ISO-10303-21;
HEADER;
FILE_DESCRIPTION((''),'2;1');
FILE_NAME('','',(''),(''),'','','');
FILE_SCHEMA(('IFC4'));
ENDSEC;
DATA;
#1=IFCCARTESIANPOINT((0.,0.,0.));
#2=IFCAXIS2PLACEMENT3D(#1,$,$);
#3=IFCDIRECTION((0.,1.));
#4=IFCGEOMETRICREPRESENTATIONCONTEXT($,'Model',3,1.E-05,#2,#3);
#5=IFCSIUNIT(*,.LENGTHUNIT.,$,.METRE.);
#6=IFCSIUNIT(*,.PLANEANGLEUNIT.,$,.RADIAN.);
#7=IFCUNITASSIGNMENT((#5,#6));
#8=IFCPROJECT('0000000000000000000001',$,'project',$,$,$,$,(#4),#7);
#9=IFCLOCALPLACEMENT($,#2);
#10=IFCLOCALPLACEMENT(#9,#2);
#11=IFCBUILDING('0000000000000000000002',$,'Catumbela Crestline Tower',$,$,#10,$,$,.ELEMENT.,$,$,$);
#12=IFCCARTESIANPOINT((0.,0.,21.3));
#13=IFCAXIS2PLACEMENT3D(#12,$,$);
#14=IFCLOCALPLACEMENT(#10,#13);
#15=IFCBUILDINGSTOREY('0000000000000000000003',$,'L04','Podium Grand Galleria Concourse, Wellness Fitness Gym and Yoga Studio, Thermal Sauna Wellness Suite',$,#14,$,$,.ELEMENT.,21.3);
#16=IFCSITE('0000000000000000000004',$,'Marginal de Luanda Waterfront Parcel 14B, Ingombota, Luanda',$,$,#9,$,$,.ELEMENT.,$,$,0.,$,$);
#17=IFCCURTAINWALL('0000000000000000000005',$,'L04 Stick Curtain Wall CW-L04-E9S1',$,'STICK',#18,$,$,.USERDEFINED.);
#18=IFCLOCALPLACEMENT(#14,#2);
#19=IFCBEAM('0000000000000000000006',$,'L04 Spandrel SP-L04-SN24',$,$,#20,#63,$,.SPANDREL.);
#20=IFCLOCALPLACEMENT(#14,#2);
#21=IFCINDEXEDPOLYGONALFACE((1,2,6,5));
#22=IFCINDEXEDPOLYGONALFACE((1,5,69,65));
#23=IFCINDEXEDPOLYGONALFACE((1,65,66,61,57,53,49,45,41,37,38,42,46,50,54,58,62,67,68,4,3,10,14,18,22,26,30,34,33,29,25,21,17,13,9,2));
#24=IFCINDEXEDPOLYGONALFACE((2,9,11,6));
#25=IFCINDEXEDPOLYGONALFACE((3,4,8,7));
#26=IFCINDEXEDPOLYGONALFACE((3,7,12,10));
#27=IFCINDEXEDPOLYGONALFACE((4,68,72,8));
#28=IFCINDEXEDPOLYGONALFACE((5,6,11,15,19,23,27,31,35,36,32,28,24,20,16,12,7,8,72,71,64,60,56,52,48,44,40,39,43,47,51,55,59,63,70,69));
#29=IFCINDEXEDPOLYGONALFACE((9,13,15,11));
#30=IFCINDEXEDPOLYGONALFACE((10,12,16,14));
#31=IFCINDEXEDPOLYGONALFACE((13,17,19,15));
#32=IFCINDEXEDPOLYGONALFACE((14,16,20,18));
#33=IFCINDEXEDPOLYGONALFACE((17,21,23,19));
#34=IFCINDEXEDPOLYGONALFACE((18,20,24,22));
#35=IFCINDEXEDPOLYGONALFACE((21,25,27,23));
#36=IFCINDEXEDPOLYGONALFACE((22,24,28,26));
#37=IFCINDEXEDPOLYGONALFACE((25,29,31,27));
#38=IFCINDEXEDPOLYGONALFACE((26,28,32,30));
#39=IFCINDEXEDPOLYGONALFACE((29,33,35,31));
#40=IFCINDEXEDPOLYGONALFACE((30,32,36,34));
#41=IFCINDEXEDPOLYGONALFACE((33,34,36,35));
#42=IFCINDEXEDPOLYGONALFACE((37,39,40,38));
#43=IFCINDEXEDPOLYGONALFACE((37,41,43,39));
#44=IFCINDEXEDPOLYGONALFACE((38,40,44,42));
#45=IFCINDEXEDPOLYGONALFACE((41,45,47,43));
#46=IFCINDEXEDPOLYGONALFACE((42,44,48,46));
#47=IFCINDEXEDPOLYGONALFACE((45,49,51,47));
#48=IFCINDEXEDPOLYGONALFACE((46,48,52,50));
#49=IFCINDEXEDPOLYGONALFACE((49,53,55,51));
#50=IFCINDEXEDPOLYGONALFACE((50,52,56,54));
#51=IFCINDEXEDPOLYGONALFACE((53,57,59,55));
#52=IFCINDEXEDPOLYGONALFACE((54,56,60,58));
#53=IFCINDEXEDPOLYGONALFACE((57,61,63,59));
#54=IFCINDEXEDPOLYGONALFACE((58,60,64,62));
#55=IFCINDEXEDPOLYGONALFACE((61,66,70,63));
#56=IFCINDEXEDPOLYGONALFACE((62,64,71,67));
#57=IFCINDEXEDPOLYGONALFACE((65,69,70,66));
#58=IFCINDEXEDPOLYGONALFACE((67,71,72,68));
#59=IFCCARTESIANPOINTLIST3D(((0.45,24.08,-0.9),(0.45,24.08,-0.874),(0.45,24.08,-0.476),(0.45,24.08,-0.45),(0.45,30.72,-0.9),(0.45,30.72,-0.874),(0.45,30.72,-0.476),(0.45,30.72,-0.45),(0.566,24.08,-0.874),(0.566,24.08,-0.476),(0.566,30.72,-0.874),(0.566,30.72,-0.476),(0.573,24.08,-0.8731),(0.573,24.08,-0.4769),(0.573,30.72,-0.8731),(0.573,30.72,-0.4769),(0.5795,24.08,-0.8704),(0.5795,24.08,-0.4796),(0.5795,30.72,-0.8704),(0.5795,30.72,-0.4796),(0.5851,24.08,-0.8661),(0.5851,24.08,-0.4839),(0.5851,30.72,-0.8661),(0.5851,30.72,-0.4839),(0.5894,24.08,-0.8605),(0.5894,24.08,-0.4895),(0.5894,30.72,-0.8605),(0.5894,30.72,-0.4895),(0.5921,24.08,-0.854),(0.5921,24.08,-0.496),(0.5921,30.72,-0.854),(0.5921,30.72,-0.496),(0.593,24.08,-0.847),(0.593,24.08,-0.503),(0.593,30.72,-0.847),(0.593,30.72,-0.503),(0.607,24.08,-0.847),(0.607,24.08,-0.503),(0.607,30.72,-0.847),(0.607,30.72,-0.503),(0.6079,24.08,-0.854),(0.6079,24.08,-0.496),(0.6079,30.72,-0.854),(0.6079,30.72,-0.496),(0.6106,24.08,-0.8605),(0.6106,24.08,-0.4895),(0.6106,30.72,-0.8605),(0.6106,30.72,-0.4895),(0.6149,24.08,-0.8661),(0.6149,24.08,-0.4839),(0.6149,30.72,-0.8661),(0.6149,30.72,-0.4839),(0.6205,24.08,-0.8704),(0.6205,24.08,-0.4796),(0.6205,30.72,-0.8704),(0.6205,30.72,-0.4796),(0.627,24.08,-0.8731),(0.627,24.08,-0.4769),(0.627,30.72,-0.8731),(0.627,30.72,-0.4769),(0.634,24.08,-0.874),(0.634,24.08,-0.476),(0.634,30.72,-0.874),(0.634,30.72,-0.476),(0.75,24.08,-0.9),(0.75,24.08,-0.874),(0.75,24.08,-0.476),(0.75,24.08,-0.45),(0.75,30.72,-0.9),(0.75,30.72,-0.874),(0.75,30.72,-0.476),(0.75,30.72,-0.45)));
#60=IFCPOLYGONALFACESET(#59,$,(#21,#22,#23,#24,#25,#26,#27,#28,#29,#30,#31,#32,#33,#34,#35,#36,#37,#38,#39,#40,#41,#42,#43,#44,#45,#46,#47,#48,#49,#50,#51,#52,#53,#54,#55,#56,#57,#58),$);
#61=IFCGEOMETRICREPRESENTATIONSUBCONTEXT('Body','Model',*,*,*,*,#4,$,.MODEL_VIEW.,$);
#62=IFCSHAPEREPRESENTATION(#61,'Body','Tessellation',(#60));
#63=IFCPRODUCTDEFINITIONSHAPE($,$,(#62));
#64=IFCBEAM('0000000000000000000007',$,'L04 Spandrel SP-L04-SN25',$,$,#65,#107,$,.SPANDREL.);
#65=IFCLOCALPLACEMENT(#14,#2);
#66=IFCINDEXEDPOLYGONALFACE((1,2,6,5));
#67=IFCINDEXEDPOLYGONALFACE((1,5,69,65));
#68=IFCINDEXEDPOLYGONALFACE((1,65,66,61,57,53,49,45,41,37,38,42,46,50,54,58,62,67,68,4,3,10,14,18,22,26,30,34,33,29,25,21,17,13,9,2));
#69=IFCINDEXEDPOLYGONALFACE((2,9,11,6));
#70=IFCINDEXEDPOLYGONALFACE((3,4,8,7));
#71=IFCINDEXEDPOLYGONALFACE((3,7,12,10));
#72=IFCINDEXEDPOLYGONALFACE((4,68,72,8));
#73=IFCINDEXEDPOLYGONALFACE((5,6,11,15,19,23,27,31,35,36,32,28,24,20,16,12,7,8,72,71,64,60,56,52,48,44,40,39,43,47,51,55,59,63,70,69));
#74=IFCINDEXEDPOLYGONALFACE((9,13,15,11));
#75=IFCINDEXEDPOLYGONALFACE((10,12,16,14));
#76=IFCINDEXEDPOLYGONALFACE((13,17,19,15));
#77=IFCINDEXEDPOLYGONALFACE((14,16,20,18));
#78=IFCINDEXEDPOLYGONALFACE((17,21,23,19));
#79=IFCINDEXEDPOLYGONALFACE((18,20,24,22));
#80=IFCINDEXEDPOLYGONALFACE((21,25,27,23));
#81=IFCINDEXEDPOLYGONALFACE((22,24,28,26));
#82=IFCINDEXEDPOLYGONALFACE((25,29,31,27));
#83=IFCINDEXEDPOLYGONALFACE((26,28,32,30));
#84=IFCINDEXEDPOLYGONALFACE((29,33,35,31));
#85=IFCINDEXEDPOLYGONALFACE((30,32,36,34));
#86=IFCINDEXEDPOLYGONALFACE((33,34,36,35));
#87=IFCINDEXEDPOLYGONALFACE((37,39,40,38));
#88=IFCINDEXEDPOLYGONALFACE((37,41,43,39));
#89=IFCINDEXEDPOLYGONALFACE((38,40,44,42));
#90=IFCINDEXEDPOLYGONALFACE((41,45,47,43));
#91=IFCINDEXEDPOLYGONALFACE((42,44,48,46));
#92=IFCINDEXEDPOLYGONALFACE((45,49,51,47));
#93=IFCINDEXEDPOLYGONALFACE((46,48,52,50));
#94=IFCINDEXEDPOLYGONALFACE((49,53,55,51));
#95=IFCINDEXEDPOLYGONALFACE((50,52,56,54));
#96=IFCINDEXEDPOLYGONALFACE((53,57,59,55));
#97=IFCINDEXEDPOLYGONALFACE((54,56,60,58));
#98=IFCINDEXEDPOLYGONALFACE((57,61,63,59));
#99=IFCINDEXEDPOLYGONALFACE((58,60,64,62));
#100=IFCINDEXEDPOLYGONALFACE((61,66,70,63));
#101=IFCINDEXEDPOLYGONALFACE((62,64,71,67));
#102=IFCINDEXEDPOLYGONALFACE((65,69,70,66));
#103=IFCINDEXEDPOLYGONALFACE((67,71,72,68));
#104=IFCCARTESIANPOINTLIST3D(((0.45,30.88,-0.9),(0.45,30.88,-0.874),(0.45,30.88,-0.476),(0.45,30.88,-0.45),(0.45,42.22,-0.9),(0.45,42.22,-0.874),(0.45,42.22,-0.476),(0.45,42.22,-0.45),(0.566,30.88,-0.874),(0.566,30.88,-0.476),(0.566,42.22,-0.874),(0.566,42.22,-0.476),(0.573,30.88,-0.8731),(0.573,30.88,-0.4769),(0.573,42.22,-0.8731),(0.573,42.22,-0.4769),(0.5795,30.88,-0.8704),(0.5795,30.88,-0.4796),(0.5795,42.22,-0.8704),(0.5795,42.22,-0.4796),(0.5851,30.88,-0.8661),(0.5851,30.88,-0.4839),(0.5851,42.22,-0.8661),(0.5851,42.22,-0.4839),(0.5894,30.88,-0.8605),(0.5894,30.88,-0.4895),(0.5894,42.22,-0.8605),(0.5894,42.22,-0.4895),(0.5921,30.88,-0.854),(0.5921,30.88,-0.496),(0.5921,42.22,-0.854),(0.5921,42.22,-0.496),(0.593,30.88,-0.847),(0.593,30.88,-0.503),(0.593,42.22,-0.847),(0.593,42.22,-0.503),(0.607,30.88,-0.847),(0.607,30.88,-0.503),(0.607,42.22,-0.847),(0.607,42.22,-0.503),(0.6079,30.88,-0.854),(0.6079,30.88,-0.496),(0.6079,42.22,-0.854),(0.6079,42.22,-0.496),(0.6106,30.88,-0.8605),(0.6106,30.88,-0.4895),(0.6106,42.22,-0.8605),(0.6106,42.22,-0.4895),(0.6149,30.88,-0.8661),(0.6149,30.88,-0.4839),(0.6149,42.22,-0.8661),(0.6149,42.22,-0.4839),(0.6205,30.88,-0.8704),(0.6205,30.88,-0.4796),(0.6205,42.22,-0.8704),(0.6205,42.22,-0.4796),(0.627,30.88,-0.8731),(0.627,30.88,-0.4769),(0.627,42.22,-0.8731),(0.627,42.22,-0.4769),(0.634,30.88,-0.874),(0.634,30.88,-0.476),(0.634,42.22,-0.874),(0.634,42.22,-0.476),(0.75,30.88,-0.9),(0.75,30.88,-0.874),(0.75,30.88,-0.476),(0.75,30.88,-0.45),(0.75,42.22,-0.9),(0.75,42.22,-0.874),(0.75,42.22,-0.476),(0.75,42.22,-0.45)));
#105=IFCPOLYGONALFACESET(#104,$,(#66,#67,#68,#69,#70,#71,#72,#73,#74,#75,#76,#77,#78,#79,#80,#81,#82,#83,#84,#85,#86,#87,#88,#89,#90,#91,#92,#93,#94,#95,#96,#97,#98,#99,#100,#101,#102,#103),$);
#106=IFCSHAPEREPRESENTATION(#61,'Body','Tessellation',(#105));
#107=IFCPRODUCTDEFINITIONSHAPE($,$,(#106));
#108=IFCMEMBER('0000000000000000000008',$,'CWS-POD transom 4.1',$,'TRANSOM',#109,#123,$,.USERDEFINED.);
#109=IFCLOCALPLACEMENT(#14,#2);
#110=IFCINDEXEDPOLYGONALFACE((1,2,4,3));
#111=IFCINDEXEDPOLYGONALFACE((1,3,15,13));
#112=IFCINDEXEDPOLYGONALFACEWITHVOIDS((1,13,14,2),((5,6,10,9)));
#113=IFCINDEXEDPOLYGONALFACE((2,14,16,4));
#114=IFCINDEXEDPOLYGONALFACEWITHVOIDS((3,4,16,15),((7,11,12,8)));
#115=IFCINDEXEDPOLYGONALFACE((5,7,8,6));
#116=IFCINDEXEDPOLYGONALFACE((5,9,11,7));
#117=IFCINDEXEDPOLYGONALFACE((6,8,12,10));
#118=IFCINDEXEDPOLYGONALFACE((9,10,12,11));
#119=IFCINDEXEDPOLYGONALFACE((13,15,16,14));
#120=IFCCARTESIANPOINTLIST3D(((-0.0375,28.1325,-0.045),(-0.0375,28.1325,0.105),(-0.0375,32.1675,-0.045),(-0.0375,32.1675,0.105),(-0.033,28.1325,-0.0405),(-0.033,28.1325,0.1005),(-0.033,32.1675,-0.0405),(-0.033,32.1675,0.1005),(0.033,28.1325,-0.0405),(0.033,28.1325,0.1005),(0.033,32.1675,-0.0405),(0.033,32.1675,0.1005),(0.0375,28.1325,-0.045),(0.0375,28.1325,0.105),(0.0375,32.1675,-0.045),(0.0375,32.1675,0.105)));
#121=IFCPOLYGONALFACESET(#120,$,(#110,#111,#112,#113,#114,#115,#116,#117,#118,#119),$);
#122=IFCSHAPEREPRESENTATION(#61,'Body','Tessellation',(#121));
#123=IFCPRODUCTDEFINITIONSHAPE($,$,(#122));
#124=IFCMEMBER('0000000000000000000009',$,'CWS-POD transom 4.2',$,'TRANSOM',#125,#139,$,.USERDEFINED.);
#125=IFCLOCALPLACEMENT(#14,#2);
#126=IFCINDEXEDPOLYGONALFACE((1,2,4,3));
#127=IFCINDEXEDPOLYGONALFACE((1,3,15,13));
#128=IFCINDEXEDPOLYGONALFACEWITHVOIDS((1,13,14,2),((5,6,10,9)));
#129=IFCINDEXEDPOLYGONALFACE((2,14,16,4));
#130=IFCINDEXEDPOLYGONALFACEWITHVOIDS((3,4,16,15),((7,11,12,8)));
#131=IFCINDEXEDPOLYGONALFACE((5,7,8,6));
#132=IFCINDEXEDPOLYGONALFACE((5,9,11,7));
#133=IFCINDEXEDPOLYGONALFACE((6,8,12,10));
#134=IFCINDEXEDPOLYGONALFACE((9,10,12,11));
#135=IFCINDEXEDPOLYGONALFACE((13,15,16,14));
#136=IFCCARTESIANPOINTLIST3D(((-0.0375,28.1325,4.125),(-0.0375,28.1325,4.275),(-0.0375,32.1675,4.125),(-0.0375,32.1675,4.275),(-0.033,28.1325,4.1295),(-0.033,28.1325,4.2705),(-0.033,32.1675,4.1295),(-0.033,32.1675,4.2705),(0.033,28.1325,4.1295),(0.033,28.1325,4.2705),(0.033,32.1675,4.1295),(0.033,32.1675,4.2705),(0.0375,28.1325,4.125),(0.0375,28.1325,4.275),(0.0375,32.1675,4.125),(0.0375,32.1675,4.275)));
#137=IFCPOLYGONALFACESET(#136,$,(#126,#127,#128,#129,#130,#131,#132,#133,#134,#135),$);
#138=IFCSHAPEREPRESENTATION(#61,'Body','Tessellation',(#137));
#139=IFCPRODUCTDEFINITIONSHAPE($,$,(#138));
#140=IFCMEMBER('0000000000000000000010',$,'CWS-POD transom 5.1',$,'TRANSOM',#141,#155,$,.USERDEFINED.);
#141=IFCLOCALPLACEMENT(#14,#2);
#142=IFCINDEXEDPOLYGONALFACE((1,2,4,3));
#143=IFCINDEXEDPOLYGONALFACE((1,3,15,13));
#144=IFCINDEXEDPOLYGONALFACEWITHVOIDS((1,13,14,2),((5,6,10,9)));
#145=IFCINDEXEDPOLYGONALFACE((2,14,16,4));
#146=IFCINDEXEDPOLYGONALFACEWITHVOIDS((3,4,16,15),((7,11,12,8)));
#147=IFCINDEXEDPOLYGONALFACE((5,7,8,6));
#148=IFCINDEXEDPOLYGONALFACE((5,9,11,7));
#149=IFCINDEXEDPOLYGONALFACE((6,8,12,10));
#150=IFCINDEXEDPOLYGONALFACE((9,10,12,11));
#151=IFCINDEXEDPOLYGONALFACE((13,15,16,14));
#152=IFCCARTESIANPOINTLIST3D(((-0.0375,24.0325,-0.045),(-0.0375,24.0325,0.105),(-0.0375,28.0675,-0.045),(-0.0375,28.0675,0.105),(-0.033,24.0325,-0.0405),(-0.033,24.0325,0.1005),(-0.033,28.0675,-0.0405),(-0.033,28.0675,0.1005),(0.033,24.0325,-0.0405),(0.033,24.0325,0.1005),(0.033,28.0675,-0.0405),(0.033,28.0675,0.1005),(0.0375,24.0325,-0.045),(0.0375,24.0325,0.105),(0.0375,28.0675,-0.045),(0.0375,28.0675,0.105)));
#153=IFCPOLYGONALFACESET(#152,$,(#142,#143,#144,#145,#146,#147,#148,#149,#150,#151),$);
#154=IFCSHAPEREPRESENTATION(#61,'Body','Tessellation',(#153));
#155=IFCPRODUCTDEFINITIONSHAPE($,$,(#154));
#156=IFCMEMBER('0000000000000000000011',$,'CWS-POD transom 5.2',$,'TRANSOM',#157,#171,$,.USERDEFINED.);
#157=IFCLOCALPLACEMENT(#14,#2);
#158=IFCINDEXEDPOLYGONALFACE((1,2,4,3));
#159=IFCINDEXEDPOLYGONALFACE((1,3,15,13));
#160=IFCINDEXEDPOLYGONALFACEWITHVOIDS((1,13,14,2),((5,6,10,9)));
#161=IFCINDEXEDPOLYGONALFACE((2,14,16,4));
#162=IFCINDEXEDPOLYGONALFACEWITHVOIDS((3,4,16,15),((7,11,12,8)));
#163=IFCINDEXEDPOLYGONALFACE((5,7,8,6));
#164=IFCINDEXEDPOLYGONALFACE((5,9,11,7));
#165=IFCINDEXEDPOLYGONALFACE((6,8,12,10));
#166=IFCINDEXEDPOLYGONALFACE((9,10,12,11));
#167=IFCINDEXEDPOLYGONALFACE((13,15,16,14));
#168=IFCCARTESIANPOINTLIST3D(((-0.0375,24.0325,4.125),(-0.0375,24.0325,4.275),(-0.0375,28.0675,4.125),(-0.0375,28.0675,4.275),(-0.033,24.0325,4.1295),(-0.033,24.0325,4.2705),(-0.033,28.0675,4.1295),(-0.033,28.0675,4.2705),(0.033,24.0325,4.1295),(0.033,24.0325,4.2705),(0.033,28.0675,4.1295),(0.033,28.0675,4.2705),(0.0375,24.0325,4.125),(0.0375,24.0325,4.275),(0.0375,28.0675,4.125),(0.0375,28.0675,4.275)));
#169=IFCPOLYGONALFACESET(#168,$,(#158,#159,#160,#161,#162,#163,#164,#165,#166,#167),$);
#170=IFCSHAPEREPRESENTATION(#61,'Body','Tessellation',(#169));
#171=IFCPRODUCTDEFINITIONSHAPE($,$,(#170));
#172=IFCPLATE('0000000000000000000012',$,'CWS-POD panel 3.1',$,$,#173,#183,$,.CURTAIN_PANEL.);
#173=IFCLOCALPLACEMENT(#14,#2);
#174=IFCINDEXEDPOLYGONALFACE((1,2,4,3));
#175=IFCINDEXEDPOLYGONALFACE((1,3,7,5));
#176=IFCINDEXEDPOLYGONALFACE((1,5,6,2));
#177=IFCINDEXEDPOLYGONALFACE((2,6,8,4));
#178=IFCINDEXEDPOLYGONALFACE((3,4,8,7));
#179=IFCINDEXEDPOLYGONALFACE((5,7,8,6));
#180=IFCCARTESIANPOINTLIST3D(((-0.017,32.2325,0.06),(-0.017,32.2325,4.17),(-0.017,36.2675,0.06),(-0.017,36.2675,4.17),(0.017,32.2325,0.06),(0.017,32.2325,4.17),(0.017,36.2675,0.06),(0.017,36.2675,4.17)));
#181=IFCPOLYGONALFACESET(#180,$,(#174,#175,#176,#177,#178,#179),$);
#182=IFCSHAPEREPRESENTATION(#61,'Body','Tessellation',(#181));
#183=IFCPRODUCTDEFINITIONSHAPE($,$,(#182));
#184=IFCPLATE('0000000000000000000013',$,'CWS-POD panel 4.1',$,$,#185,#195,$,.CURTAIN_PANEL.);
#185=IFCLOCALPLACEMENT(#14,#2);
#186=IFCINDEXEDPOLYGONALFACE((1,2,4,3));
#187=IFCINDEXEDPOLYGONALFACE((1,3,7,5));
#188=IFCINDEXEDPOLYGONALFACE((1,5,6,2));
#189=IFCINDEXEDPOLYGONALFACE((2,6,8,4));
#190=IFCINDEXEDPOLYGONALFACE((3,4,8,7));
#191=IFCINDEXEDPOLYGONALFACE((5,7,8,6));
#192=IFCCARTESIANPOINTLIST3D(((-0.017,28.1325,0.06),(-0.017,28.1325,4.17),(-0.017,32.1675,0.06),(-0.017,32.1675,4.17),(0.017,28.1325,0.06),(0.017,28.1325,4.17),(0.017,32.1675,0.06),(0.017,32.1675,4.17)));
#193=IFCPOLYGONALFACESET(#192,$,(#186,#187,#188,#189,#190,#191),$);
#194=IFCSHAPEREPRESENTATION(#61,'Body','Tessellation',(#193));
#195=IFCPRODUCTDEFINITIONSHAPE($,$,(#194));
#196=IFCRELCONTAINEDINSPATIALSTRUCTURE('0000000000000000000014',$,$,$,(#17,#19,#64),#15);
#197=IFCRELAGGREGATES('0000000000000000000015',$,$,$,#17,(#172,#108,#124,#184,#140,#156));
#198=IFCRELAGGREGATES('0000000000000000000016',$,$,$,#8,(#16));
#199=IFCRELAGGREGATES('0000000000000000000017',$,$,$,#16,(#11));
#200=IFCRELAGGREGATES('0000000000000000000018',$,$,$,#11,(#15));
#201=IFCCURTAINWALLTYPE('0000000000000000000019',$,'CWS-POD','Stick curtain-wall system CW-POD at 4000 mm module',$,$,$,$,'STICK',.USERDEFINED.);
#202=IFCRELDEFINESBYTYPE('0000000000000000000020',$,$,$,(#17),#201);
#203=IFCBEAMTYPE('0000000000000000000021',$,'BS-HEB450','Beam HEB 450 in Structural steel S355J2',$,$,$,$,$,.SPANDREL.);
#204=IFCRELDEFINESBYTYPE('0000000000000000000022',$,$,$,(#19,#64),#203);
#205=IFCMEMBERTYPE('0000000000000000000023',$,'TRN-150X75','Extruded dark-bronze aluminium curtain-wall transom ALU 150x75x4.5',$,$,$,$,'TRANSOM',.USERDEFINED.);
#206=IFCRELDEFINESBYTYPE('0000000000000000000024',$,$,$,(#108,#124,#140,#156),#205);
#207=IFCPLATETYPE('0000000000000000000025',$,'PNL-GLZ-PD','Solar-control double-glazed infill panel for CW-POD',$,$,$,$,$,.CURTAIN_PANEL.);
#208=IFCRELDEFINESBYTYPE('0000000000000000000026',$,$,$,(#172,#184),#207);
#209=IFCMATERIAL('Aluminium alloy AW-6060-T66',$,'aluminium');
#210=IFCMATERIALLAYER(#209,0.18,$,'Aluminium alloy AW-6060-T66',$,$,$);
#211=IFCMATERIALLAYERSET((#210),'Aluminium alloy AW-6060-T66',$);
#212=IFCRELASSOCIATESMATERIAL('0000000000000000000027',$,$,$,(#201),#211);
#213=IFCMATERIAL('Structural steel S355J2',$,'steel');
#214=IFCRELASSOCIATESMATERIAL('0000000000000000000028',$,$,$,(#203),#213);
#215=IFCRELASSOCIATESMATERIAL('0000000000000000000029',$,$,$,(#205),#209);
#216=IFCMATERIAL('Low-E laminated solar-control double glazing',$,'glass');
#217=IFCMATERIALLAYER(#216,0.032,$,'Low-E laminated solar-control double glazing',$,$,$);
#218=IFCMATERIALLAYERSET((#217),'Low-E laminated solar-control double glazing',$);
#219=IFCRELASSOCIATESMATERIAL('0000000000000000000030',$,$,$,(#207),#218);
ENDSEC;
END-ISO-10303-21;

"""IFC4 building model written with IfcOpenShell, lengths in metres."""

from ifc_helpers import new_model, si_unit, direction, frame, origin, origin_2d, place, context, subcontext, project, spatial, rectangle, hollow_rectangle, i_section, extrude, material, layer, layer_set, material_profile, profile_set, type_object, element, aggregate, save


model = new_model("IFC4")

# Units and contexts
model_context = context("Model", 3, precision=1e-05, world=origin(), true_north=direction((0.0, 1.0)))
body_context = subcontext(model_context, "Body", "Model", "MODEL_VIEW")
ifc_project = project(units=[si_unit("LENGTHUNIT", "METRE"), si_unit("PLANEANGLEUNIT", "RADIAN")], contexts=[model_context])

# Site, building, storey
site_placement = place(None, origin())
site = spatial("IfcSite", under=ifc_project, at=site_placement, Name="Marginal de Luanda Waterfront Parcel 14B, Ingombota, Luanda", CompositionType="ELEMENT", RefElevation=0.0)
building_placement = place(site_placement, origin())
building = spatial("IfcBuilding", under=site, at=building_placement, Name="Catumbela Crestline Tower", CompositionType="ELEMENT")
storey_placement = place(building_placement, frame((0.0, 0.0, 21.3)))
storey = spatial("IfcBuildingStorey", under=building, at=storey_placement, Name="L04", Description="Podium Grand Galleria Concourse, Wellness Fitness Gym and Yoga Studio, Thermal Sauna Wellness Suite", CompositionType="ELEMENT", Elevation=21.3)

# Shared definitions
ifc_material_1 = material(Name="Structural steel S355J2", Category="steel")

# Curtain wall
ifc_material_2 = material(Name="Aluminium alloy AW-6060-T66", Category="aluminium")
ifc_layer_1 = layer(ifc_material_2, 0.18, Name="Aluminium alloy AW-6060-T66")
ifc_layer_set_1 = layer_set([ifc_layer_1], Name="Aluminium alloy AW-6060-T66")
curtain_wall_type = type_object("IfcCurtainWallType", Name="CWS-POD", Description="Stick curtain-wall system CW-POD at 4000 mm module", ElementType="STICK", PredefinedType="USERDEFINED", material=ifc_layer_set_1)
curtain_wall_placement = place(storey_placement, origin())
curtain_wall = element("IfcCurtainWall", 1, at=curtain_wall_placement, inside=storey, type_object=curtain_wall_type, Name="L04 Stick Curtain Wall CW-L04-E9S1", ObjectType="STICK", PredefinedType="USERDEFINED")

# Beams
ifc_material_profile_1 = material_profile(ifc_material_1, i_section(OverallWidth=0.3, OverallDepth=0.45, WebThickness=0.014, FlangeThickness=0.026, FilletRadius=0.027, at=origin_2d()), Name="HEB 450")
ifc_profile_set_1 = profile_set([ifc_material_profile_1], Name="Structural steel S355J2")
beam_type_1 = type_object("IfcBeamType", Name="BS-HEB450", Description="Beam HEB 450 in Structural steel S355J2", PredefinedType="SPANDREL", material=ifc_profile_set_1)
beam_1_placement = place(storey_placement, frame((0.6, 24.08, -0.675), z_axis=(0.0, 1.0, 0.0), x_axis=(-1.0, 0.0, 0.0)))
element("IfcBeam", 2, at=beam_1_placement, inside=storey, type_object=beam_type_1, Name="L04 Spandrel SP-L04-SN24", PredefinedType="SPANDREL", context=body_context, shape_type="SweptSolid", body=[
    extrude(i_section(OverallWidth=0.3, OverallDepth=0.45, WebThickness=0.014, FlangeThickness=0.026, FilletRadius=0.027, at=origin_2d()), origin(), (0.0, 0.0, 1.0), 6.64),
])
beam_2_placement = place(storey_placement, frame((0.6, 30.88, -0.675), z_axis=(0.0, 1.0, 0.0), x_axis=(-1.0, 0.0, 0.0)))
element("IfcBeam", 3, at=beam_2_placement, inside=storey, type_object=beam_type_1, Name="L04 Spandrel SP-L04-SN25", PredefinedType="SPANDREL", context=body_context, shape_type="SweptSolid", body=[
    extrude(i_section(OverallWidth=0.3, OverallDepth=0.45, WebThickness=0.014, FlangeThickness=0.026, FilletRadius=0.027, at=origin_2d()), origin(), (0.0, 0.0, 1.0), 11.34),
])

# Members
ifc_material_profile_2 = material_profile(ifc_material_2, hollow_rectangle(XDim=0.075, YDim=0.15, WallThickness=0.0045, at=origin_2d()), Name="ALU 150x75x4.5")
ifc_profile_set_2 = profile_set([ifc_material_profile_2], Name="Aluminium alloy AW-6060-T66")
member_type_1 = type_object("IfcMemberType", Name="TRN-150X75", Description="Extruded dark-bronze aluminium curtain-wall transom ALU 150x75x4.5", ElementType="TRANSOM", PredefinedType="USERDEFINED", material=ifc_profile_set_2)
member_1_placement = place(storey_placement, frame((0.0, 32.1675, 0.03), z_axis=(0.0, -1.0, 0.0), x_axis=(1.0, 0.0, 0.0)))
member_1 = element("IfcMember", 4, at=member_1_placement, type_object=member_type_1, Name="CWS-POD transom 4.1", ObjectType="TRANSOM", PredefinedType="USERDEFINED", context=body_context, shape_type="SweptSolid", body=[
    extrude(hollow_rectangle(XDim=0.075, YDim=0.15, WallThickness=0.0045, at=origin_2d()), origin(), (0.0, 0.0, 1.0), 4.035),
])
member_2_placement = place(storey_placement, frame((0.0, 32.1675, 4.2), z_axis=(0.0, -1.0, 0.0), x_axis=(1.0, 0.0, 0.0)))
member_2 = element("IfcMember", 5, at=member_2_placement, type_object=member_type_1, Name="CWS-POD transom 4.2", ObjectType="TRANSOM", PredefinedType="USERDEFINED", context=body_context, shape_type="SweptSolid", body=[
    extrude(hollow_rectangle(XDim=0.075, YDim=0.15, WallThickness=0.0045, at=origin_2d()), origin(), (0.0, 0.0, 1.0), 4.035),
])
member_3_placement = place(storey_placement, frame((0.0, 28.0675, 0.03), z_axis=(0.0, -1.0, 0.0), x_axis=(1.0, 0.0, 0.0)))
member_3 = element("IfcMember", 6, at=member_3_placement, type_object=member_type_1, Name="CWS-POD transom 5.1", ObjectType="TRANSOM", PredefinedType="USERDEFINED", context=body_context, shape_type="SweptSolid", body=[
    extrude(hollow_rectangle(XDim=0.075, YDim=0.15, WallThickness=0.0045, at=origin_2d()), origin(), (0.0, 0.0, 1.0), 4.035),
])
member_4_placement = place(storey_placement, frame((0.0, 28.0675, 4.2), z_axis=(0.0, -1.0, 0.0), x_axis=(1.0, 0.0, 0.0)))
member_4 = element("IfcMember", 7, at=member_4_placement, type_object=member_type_1, Name="CWS-POD transom 5.2", ObjectType="TRANSOM", PredefinedType="USERDEFINED", context=body_context, shape_type="SweptSolid", body=[
    extrude(hollow_rectangle(XDim=0.075, YDim=0.15, WallThickness=0.0045, at=origin_2d()), origin(), (0.0, 0.0, 1.0), 4.035),
])

# Plates
ifc_material_3 = material(Name="Low-E laminated solar-control double glazing", Category="glass")
ifc_layer_2 = layer(ifc_material_3, 0.032, Name="Low-E laminated solar-control double glazing")
ifc_layer_set_2 = layer_set([ifc_layer_2], Name="Low-E laminated solar-control double glazing")
plate_type = type_object("IfcPlateType", Name="PNL-GLZ-PD", Description="Solar-control double-glazed infill panel for CW-POD", PredefinedType="CURTAIN_PANEL", material=ifc_layer_set_2)
plate_1_placement = place(storey_placement, frame((0.0, 34.25, 0.06), z_axis=(0.0, 0.0, 1.0), x_axis=(0.0, -1.0, 0.0)))
plate_1 = element("IfcPlate", 8, at=plate_1_placement, type_object=plate_type, Name="CWS-POD panel 3.1", PredefinedType="CURTAIN_PANEL", context=body_context, shape_type="SweptSolid", body=[
    extrude(rectangle(XDim=4.035, YDim=0.034, at=origin_2d()), origin(), (0.0, 0.0, 1.0), 4.11),
])
plate_2_placement = place(storey_placement, frame((0.0, 30.15, 0.06), z_axis=(0.0, 0.0, 1.0), x_axis=(0.0, -1.0, 0.0)))
plate_2 = element("IfcPlate", 9, at=plate_2_placement, type_object=plate_type, Name="CWS-POD panel 4.1", PredefinedType="CURTAIN_PANEL", context=body_context, shape_type="SweptSolid", body=[
    extrude(rectangle(XDim=4.035, YDim=0.034, at=origin_2d()), origin(), (0.0, 0.0, 1.0), 4.11),
])
aggregate(curtain_wall, [plate_1, member_1, member_2, plate_2, member_3, member_4])

save(model, "model.ifc")
